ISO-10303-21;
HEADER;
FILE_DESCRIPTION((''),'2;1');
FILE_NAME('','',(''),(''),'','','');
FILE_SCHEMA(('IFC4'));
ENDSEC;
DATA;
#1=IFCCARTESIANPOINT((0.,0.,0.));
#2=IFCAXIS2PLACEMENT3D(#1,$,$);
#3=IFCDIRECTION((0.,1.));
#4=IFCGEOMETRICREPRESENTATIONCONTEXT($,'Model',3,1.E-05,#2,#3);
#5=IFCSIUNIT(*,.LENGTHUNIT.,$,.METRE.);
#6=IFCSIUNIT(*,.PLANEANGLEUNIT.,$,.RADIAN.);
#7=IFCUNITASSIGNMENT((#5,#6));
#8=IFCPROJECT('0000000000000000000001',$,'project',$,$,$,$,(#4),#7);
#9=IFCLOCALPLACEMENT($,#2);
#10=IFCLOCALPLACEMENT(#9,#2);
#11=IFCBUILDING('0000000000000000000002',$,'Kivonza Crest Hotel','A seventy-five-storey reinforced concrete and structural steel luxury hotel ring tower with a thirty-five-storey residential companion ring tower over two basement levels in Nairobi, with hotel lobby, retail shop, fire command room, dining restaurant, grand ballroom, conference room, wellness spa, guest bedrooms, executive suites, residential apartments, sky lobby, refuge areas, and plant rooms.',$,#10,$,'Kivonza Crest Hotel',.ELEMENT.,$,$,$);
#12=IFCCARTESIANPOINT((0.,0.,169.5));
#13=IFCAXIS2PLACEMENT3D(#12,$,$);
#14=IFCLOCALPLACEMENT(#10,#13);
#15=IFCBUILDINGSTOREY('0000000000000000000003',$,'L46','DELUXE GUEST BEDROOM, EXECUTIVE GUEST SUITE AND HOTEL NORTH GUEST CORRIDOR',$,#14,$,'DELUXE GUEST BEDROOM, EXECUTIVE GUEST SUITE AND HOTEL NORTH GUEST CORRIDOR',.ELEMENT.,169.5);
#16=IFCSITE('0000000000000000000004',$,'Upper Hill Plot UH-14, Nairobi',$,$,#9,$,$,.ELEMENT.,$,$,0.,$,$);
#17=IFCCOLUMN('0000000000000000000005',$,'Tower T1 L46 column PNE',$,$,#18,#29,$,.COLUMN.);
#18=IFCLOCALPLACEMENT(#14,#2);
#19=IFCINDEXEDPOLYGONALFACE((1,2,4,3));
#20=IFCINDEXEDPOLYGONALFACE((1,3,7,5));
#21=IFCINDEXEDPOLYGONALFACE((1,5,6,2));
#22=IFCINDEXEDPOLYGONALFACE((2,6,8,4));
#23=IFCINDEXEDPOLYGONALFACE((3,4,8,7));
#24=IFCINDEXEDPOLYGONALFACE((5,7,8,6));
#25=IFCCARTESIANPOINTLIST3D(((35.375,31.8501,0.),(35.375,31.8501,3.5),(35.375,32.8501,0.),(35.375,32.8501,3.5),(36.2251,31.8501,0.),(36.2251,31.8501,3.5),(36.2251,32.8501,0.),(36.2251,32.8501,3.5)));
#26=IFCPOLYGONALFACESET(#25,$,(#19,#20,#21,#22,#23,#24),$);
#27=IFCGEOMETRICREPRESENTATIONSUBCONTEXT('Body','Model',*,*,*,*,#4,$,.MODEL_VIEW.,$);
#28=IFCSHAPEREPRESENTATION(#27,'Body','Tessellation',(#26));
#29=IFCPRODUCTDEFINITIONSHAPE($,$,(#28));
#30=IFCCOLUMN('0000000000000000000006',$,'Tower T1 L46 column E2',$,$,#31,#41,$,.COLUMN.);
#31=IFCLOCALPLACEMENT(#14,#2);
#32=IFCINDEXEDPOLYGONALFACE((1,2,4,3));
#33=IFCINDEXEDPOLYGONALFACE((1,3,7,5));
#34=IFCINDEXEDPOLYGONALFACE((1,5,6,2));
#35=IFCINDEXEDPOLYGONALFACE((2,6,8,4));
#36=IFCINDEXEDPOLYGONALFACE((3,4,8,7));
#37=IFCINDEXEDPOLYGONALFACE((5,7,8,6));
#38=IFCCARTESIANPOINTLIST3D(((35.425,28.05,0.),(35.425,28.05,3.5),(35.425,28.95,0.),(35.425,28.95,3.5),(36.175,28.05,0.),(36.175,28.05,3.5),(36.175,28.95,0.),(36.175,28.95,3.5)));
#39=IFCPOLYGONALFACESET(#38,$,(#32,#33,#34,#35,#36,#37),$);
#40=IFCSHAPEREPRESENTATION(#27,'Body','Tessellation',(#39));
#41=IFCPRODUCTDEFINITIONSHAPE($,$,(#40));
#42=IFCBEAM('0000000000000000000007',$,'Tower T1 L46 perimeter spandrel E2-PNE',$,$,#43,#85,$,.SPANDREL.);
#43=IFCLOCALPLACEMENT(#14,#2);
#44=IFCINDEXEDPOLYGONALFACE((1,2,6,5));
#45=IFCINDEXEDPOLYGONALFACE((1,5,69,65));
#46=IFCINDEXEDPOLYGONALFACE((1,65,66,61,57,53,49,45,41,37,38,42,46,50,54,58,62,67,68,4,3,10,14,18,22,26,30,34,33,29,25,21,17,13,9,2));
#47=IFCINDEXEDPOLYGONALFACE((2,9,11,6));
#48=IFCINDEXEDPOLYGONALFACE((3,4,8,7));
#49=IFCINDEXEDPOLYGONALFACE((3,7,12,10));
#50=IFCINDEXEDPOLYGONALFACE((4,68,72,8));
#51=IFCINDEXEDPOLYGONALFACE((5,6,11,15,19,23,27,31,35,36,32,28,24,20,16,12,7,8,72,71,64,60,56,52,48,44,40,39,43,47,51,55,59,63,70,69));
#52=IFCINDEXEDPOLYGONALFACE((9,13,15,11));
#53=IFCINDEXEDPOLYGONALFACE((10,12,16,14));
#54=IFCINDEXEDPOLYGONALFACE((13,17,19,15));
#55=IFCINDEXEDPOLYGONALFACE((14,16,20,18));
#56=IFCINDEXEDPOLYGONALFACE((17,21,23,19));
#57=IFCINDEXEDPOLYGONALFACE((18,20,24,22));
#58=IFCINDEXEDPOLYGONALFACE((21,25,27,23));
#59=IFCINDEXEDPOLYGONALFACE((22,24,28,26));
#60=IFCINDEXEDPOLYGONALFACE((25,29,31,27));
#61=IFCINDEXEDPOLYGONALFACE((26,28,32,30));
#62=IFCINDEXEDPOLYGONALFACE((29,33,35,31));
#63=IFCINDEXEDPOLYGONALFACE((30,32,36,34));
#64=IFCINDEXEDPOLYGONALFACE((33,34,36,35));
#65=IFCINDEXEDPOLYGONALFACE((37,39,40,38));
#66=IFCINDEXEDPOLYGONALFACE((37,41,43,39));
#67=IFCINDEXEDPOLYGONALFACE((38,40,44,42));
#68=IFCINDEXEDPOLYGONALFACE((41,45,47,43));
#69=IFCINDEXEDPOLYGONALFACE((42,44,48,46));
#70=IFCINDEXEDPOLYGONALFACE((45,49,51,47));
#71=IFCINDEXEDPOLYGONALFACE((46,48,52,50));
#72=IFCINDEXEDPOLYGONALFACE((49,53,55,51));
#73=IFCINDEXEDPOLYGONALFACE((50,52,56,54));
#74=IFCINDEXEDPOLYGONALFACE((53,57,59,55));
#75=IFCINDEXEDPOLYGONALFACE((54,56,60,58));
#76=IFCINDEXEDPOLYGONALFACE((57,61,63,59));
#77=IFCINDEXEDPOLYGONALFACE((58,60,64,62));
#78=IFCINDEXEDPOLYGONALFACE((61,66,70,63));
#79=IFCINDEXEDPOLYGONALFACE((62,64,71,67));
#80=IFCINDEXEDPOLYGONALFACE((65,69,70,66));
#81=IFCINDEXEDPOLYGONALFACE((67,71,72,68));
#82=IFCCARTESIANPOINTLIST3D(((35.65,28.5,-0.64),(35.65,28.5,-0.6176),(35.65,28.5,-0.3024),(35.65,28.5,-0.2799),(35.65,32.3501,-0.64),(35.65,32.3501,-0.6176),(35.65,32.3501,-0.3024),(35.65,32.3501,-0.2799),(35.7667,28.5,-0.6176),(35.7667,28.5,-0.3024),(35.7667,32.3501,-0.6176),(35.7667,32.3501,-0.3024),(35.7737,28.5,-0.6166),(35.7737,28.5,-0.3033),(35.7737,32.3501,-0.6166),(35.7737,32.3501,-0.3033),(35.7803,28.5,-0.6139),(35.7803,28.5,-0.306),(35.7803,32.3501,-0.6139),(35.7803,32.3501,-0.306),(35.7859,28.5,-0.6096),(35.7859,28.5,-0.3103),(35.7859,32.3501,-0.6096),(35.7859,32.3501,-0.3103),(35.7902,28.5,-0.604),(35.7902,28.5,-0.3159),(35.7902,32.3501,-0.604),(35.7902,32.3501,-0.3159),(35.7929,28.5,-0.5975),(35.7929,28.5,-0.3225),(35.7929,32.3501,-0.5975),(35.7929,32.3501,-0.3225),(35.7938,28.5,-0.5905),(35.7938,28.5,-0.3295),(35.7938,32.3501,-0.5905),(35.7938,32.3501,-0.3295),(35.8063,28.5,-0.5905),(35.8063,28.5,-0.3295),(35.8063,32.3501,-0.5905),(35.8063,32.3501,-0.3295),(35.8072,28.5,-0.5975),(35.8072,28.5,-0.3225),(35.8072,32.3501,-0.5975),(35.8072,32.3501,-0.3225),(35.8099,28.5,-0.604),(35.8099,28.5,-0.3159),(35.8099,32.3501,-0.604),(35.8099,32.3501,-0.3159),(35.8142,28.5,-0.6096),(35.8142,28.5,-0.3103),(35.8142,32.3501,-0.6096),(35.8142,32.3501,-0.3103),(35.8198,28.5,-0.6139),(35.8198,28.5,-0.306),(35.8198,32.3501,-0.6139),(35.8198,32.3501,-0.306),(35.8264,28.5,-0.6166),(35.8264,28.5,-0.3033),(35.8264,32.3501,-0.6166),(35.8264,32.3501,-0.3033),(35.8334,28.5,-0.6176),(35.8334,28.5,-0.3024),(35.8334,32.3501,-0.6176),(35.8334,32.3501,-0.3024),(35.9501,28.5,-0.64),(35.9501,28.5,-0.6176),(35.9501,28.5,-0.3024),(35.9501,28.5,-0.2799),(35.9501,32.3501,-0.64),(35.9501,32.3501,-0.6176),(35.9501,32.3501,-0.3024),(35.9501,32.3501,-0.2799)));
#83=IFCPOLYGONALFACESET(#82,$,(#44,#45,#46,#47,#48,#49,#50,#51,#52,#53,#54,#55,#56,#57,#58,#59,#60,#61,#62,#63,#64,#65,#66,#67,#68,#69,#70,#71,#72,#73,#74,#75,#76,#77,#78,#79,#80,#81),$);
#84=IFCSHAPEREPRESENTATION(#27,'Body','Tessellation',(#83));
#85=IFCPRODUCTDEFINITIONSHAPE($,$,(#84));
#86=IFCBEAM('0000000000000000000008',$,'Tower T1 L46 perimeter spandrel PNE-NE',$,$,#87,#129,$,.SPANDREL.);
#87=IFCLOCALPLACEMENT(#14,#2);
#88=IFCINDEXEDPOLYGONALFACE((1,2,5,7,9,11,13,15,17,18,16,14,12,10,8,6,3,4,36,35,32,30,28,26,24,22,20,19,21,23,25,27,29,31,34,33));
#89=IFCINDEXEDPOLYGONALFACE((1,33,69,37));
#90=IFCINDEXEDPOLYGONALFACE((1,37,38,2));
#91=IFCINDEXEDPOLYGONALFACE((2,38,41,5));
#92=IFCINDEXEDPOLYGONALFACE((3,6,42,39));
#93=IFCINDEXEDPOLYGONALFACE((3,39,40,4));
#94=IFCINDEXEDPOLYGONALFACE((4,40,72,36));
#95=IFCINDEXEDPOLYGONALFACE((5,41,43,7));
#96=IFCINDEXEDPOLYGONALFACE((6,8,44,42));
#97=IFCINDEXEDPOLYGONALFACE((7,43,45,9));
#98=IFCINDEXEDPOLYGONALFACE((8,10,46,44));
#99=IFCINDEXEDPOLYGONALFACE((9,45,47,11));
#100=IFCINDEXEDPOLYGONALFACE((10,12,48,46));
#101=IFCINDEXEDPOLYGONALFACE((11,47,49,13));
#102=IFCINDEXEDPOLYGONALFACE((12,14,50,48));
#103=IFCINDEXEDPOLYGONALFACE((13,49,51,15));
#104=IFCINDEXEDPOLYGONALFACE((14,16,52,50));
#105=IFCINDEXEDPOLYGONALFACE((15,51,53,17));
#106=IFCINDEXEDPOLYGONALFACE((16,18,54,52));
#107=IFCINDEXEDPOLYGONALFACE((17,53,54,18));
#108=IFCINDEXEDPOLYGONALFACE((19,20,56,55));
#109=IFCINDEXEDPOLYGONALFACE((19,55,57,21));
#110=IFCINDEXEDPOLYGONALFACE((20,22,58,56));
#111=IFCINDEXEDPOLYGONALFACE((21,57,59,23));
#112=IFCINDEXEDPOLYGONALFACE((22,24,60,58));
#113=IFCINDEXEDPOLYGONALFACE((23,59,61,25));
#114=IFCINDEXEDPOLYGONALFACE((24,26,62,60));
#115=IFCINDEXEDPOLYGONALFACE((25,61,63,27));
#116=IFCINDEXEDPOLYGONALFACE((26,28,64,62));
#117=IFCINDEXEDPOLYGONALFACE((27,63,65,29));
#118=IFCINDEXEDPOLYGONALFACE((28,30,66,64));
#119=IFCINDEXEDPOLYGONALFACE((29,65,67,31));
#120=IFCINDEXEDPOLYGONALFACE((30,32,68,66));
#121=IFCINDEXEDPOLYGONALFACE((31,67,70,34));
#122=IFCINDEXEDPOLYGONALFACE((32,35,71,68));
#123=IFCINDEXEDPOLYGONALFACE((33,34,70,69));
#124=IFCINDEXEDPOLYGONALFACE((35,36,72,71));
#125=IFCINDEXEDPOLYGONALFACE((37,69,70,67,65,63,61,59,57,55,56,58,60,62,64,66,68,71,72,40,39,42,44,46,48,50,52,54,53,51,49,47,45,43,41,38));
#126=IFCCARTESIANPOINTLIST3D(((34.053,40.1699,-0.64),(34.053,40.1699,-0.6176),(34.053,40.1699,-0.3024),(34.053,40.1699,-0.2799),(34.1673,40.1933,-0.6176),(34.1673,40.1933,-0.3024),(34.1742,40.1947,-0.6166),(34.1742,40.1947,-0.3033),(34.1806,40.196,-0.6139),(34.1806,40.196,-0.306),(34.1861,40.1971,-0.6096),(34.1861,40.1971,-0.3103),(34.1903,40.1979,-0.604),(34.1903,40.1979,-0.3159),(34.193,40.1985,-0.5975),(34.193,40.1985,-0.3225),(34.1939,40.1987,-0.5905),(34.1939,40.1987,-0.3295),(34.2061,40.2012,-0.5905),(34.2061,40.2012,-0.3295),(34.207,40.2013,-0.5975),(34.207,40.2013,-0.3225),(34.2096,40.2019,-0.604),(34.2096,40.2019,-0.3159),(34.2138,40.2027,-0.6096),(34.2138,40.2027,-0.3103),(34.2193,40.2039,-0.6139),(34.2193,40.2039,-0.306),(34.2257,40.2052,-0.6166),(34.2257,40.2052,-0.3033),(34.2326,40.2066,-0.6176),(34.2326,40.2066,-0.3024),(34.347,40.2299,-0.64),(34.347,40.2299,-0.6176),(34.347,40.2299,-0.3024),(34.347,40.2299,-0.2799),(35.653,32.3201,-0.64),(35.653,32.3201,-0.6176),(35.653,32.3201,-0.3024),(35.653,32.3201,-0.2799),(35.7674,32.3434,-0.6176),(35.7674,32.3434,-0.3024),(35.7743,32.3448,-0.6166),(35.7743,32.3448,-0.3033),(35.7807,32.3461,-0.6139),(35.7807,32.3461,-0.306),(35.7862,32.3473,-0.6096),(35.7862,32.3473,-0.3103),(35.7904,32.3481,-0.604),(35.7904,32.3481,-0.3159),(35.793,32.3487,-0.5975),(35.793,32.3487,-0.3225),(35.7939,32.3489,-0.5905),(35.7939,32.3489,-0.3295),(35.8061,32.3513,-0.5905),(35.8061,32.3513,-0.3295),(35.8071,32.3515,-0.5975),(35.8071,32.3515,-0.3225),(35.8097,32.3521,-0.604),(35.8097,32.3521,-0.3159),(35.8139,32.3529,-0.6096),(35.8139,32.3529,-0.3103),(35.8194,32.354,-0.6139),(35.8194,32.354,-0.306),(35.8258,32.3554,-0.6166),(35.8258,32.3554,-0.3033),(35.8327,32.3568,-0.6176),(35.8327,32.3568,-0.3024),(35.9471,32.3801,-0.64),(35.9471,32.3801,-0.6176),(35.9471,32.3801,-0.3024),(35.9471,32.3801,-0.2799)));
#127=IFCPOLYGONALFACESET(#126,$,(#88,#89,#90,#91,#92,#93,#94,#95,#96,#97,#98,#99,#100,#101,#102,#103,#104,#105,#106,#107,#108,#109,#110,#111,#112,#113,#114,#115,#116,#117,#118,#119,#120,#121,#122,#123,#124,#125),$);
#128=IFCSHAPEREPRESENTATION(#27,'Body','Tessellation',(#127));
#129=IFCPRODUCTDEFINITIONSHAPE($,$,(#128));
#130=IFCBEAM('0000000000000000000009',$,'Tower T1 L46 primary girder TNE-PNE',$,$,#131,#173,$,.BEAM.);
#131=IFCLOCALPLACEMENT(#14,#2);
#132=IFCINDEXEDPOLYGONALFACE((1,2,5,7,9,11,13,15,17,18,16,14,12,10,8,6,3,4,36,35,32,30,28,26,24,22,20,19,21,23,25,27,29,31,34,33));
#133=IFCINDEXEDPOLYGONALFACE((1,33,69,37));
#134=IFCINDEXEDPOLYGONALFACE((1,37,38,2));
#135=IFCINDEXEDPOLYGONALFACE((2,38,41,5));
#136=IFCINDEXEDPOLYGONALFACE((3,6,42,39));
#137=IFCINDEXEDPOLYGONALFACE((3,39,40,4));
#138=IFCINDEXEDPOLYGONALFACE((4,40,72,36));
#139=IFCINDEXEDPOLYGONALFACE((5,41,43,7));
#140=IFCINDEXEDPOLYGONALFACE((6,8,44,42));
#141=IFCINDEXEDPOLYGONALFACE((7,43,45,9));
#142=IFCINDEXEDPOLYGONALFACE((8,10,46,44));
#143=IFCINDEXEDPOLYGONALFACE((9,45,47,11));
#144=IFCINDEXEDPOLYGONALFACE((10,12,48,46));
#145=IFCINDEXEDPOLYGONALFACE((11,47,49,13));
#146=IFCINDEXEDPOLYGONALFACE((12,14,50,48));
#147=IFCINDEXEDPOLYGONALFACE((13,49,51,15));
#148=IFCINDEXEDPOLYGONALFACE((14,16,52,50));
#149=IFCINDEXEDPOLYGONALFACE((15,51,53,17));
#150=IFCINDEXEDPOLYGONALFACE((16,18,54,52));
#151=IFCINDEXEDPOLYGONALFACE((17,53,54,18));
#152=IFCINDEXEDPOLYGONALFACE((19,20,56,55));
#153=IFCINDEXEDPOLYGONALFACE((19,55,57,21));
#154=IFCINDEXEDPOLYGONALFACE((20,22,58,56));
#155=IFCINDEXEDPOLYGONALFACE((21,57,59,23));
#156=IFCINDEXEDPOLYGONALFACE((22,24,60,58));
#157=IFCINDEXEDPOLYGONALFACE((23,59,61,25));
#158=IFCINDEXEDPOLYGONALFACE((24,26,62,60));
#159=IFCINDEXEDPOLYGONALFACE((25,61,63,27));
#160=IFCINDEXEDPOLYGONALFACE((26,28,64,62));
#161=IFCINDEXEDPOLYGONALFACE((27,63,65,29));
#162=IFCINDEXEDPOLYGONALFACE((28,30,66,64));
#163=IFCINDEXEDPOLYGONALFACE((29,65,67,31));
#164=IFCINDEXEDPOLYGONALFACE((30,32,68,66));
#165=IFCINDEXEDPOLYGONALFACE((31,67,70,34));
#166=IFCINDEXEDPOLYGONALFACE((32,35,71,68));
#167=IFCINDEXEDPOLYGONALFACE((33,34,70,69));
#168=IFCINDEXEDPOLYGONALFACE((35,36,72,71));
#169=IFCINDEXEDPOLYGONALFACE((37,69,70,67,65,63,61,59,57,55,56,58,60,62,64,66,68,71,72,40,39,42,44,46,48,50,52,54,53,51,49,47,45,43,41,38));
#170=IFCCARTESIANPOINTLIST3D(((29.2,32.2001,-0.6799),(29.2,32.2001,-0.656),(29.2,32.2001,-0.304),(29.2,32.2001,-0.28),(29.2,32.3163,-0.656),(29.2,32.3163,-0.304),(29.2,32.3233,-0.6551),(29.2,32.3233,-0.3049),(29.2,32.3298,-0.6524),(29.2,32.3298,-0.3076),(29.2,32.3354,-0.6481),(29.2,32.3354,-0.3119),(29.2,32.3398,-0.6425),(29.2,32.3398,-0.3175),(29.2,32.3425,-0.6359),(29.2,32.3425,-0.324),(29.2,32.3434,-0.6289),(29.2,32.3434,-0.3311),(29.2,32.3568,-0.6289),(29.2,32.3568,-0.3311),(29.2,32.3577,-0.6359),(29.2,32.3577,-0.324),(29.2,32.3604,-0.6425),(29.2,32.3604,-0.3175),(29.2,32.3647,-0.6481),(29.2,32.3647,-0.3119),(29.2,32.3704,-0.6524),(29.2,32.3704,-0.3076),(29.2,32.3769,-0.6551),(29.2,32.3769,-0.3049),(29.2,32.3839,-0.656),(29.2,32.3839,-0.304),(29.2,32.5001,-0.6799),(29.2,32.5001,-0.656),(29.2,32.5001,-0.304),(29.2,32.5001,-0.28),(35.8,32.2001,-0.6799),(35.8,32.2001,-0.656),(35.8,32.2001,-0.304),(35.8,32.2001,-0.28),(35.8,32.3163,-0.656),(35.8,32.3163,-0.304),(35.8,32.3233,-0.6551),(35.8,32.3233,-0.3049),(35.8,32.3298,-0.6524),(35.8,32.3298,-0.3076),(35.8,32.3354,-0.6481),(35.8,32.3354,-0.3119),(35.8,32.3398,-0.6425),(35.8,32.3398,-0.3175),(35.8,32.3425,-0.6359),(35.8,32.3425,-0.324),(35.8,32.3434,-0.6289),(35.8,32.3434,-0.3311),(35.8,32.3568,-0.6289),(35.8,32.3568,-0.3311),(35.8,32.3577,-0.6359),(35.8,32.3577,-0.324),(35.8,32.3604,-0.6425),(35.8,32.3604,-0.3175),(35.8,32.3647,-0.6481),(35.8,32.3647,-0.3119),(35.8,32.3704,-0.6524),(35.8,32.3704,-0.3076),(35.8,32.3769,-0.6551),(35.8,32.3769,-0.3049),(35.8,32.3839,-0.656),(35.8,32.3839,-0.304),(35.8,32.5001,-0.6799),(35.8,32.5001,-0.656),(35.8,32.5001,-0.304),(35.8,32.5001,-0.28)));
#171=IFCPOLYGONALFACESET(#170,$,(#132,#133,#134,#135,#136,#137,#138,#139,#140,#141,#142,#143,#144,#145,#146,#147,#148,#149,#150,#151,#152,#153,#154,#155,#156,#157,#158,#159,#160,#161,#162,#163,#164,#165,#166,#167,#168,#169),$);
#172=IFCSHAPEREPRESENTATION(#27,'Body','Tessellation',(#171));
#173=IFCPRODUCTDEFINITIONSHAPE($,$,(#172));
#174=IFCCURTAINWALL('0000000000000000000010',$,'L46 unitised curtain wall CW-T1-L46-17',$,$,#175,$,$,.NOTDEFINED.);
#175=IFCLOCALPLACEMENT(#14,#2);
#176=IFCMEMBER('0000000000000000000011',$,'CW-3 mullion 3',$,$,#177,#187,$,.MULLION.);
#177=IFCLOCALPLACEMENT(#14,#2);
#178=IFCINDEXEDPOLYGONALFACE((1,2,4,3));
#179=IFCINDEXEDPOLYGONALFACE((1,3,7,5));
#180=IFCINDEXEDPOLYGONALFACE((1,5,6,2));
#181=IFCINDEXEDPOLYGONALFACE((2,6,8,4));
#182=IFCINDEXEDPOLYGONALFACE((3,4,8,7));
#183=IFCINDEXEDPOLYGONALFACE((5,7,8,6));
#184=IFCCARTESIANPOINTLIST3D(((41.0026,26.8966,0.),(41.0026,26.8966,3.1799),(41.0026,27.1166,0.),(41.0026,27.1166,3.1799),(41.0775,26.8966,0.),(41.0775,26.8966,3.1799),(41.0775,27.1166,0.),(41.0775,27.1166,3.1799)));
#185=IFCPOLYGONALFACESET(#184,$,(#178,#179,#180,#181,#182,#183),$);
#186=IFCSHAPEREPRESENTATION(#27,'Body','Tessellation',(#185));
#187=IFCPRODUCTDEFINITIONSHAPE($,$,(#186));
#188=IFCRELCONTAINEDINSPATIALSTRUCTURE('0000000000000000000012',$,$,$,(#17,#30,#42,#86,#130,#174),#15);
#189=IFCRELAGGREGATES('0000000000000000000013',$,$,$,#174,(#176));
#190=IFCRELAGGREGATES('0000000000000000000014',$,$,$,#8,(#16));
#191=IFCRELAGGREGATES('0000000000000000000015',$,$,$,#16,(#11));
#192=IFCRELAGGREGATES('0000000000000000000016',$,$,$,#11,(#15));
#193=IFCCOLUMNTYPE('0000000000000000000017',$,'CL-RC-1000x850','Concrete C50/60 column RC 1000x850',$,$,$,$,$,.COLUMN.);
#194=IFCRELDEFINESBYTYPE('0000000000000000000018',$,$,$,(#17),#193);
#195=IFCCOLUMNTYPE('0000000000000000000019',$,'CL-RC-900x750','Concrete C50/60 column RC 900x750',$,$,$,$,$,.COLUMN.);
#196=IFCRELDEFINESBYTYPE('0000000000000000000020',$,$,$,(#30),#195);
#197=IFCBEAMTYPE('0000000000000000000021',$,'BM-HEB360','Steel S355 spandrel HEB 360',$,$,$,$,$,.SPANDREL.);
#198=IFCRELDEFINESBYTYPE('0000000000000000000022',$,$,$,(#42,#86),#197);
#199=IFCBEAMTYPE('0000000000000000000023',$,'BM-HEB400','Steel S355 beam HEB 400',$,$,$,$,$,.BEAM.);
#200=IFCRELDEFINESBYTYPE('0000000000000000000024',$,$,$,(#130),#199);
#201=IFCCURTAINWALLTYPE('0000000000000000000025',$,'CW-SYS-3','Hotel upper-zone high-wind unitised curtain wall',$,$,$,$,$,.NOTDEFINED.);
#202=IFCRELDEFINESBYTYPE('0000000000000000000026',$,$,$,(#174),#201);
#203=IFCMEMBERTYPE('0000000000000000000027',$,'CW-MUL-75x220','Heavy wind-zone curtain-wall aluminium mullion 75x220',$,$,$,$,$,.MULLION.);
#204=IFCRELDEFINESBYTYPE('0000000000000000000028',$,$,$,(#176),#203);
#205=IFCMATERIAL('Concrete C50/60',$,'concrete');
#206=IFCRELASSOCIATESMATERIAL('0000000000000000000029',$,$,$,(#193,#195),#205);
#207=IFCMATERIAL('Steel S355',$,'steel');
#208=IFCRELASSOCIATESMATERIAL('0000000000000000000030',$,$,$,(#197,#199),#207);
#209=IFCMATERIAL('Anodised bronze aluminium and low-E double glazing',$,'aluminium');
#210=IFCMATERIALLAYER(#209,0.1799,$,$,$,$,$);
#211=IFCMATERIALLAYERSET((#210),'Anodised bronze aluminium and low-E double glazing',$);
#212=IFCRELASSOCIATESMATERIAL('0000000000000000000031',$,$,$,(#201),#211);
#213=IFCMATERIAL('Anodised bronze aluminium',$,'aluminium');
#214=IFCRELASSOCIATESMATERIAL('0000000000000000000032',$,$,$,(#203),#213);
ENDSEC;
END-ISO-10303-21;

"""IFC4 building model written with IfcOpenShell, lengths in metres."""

from ifc_helpers import new_model, si_unit, direction, frame, origin, origin_2d, place, context, subcontext, project, spatial, rectangle, i_section, extrude, material, layer, layer_set, material_profile, profile_set, type_object, element, aggregate, save


model = new_model("IFC4")

# Units and contexts
model_context = context("Model", 3, precision=1e-05, world=origin(), true_north=direction((0.0, 1.0)))
body_context = subcontext(model_context, "Body", "Model", "MODEL_VIEW")
ifc_project = project(units=[si_unit("LENGTHUNIT", "METRE"), si_unit("PLANEANGLEUNIT", "RADIAN")], contexts=[model_context])

# Site, building, storey
site_placement = place(None, origin())
site = spatial("IfcSite", under=ifc_project, at=site_placement, Name="Upper Hill Plot UH-14, Nairobi", CompositionType="ELEMENT", RefElevation=0.0)
building_placement = place(site_placement, origin())
building = spatial("IfcBuilding", under=site, at=building_placement, Name="Kivonza Crest Hotel", Description="A seventy-five-storey reinforced concrete and structural steel luxury hotel ring tower with a thirty-five-storey residential companion ring tower over two basement levels in Nairobi, with hotel lobby, retail shop, fire command room, dining restaurant, grand ballroom, conference room, wellness spa, guest bedrooms, executive suites, residential apartments, sky lobby, refuge areas, and plant rooms.", LongName="Kivonza Crest Hotel", CompositionType="ELEMENT")
storey_placement = place(building_placement, frame((0.0, 0.0, 169.5)))
storey = spatial("IfcBuildingStorey", under=building, at=storey_placement, Name="L46", Description="DELUXE GUEST BEDROOM, EXECUTIVE GUEST SUITE AND HOTEL NORTH GUEST CORRIDOR", LongName="DELUXE GUEST BEDROOM, EXECUTIVE GUEST SUITE AND HOTEL NORTH GUEST CORRIDOR", CompositionType="ELEMENT", Elevation=169.5)

# Columns
ifc_material_1 = material(Name="Concrete C50/60", Category="concrete")
ifc_material_profile_1 = material_profile(ifc_material_1, rectangle(XDim=0.8501, YDim=1.0, at=origin_2d()), Name="RC 1000x850")
ifc_profile_set_1 = profile_set([ifc_material_profile_1], Name="Concrete C50/60")
column_type_1 = type_object("IfcColumnType", Name="CL-RC-1000x850", Description="Concrete C50/60 column RC 1000x850", PredefinedType="COLUMN", material=ifc_profile_set_1)
column_1_placement = place(storey_placement, frame((35.8, 32.3501, 0.0), z_axis=(0.0, 0.0, 1.0), x_axis=(1.0, 0.0, 0.0)))
element("IfcColumn", 1, at=column_1_placement, inside=storey, type_object=column_type_1, Name="Tower T1 L46 column PNE", PredefinedType="COLUMN", context=body_context, shape_type="SweptSolid", body=[
    extrude(rectangle(XDim=0.8501, YDim=1.0, at=origin_2d()), origin(), (0.0, 0.0, 1.0), 3.5),
])
ifc_material_profile_2 = material_profile(ifc_material_1, rectangle(XDim=0.75, YDim=0.8999, at=origin_2d()), Name="RC 900x750")
ifc_profile_set_2 = profile_set([ifc_material_profile_2], Name="Concrete C50/60")
column_type_2 = type_object("IfcColumnType", Name="CL-RC-900x750", Description="Concrete C50/60 column RC 900x750", PredefinedType="COLUMN", material=ifc_profile_set_2)
column_2_placement = place(storey_placement, frame((35.8, 28.5, 0.0), z_axis=(0.0, 0.0, 1.0), x_axis=(1.0, 0.0, 0.0)))
element("IfcColumn", 2, at=column_2_placement, inside=storey, type_object=column_type_2, Name="Tower T1 L46 column E2", PredefinedType="COLUMN", context=body_context, shape_type="SweptSolid", body=[
    extrude(rectangle(XDim=0.75, YDim=0.8999, at=origin_2d()), origin(), (0.0, 0.0, 1.0), 3.5),
])

# Beams
ifc_material_2 = material(Name="Steel S355", Category="steel")
ifc_material_profile_3 = material_profile(ifc_material_2, i_section(OverallWidth=0.3, OverallDepth=0.3601, WebThickness=0.0125, FlangeThickness=0.0225, FilletRadius=0.0271, at=origin_2d()), Name="HEB 360")
ifc_profile_set_3 = profile_set([ifc_material_profile_3], Name="Steel S355")
beam_type_1 = type_object("IfcBeamType", Name="BM-HEB360", Description="Steel S355 spandrel HEB 360", PredefinedType="SPANDREL", material=ifc_profile_set_3)
beam_1_placement = place(storey_placement, frame((35.8, 28.5, -0.46), z_axis=(0.0, 1.0, 0.0), x_axis=(-1.0, 0.0, 0.0)))
element("IfcBeam", 3, at=beam_1_placement, inside=storey, type_object=beam_type_1, Name="Tower T1 L46 perimeter spandrel E2-PNE", PredefinedType="SPANDREL", context=body_context, shape_type="SweptSolid", body=[
    extrude(i_section(OverallWidth=0.3, OverallDepth=0.3601, WebThickness=0.0125, FlangeThickness=0.0225, FilletRadius=0.0271, at=origin_2d()), origin(), (0.0, 0.0, 1.0), 3.8501),
])
beam_2_placement = place(storey_placement, frame((35.8, 32.3501, -0.46), z_axis=(-0.199731, 0.979851, 0.0), x_axis=(-0.979851, -0.199731, 0.0)))
element("IfcBeam", 4, at=beam_2_placement, inside=storey, type_object=beam_type_1, Name="Tower T1 L46 perimeter spandrel PNE-NE", PredefinedType="SPANDREL", context=body_context, shape_type="SweptSolid", body=[
    extrude(i_section(OverallWidth=0.3, OverallDepth=0.3601, WebThickness=0.0125, FlangeThickness=0.0225, FilletRadius=0.0271, at=origin_2d()), origin(), (0.0, 0.0, 1.0), 8.0112),
])
ifc_material_profile_4 = material_profile(ifc_material_2, i_section(OverallWidth=0.3, OverallDepth=0.3999, WebThickness=0.0134, FlangeThickness=0.0239, FilletRadius=0.0271, at=origin_2d()), Name="HEB 400")
ifc_profile_set_4 = profile_set([ifc_material_profile_4], Name="Steel S355")
beam_type_2 = type_object("IfcBeamType", Name="BM-HEB400", Description="Steel S355 beam HEB 400", PredefinedType="BEAM", material=ifc_profile_set_4)
beam_3_placement = place(storey_placement, frame((29.2, 32.3501, -0.48), z_axis=(1.0, 0.0, 0.0), x_axis=(0.0, 1.0, 0.0)))
element("IfcBeam", 5, at=beam_3_placement, inside=storey, type_object=beam_type_2, Name="Tower T1 L46 primary girder TNE-PNE", PredefinedType="BEAM", context=body_context, shape_type="SweptSolid", body=[
    extrude(i_section(OverallWidth=0.3, OverallDepth=0.3999, WebThickness=0.0134, FlangeThickness=0.0239, FilletRadius=0.0271, at=origin_2d()), origin(), (0.0, 0.0, 1.0), 6.6001),
])

# Curtain wall, member
ifc_material_3 = material(Name="Anodised bronze aluminium and low-E double glazing", Category="aluminium")
ifc_layer_1 = layer(ifc_material_3, 0.1799)
ifc_layer_set_1 = layer_set([ifc_layer_1], Name="Anodised bronze aluminium and low-E double glazing")
curtain_wall_type = type_object("IfcCurtainWallType", Name="CW-SYS-3", Description="Hotel upper-zone high-wind unitised curtain wall", PredefinedType="NOTDEFINED", material=ifc_layer_set_1)
curtain_wall_placement = place(storey_placement, origin())
curtain_wall = element("IfcCurtainWall", 6, at=curtain_wall_placement, inside=storey, type_object=curtain_wall_type, Name="L46 unitised curtain wall CW-T1-L46-17", PredefinedType="NOTDEFINED")
ifc_material_4 = material(Name="Anodised bronze aluminium", Category="aluminium")
ifc_material_profile_5 = material_profile(ifc_material_4, rectangle(XDim=0.075, YDim=0.22, at=origin_2d()), Name="CW-M 75x220")
ifc_profile_set_5 = profile_set([ifc_material_profile_5], Name="Anodised bronze aluminium")
member_type_1 = type_object("IfcMemberType", Name="CW-MUL-75x220", Description="Heavy wind-zone curtain-wall aluminium mullion 75x220", PredefinedType="MULLION", material=ifc_profile_set_5)
member_1_placement = place(storey_placement, frame((41.04, 27.0066, 0.0), z_axis=(0.0, 0.0, 1.0), x_axis=(-1.0, 0.0, 0.0)))
member_1 = element("IfcMember", 7, at=member_1_placement, type_object=member_type_1, Name="CW-3 mullion 3", PredefinedType="MULLION", context=body_context, shape_type="SweptSolid", body=[
    extrude(rectangle(XDim=0.075, YDim=0.22, at=origin_2d()), origin(), (0.0, 0.0, 1.0), 3.1799),
])
aggregate(curtain_wall, [member_1])

save(model, "model.ifc")
